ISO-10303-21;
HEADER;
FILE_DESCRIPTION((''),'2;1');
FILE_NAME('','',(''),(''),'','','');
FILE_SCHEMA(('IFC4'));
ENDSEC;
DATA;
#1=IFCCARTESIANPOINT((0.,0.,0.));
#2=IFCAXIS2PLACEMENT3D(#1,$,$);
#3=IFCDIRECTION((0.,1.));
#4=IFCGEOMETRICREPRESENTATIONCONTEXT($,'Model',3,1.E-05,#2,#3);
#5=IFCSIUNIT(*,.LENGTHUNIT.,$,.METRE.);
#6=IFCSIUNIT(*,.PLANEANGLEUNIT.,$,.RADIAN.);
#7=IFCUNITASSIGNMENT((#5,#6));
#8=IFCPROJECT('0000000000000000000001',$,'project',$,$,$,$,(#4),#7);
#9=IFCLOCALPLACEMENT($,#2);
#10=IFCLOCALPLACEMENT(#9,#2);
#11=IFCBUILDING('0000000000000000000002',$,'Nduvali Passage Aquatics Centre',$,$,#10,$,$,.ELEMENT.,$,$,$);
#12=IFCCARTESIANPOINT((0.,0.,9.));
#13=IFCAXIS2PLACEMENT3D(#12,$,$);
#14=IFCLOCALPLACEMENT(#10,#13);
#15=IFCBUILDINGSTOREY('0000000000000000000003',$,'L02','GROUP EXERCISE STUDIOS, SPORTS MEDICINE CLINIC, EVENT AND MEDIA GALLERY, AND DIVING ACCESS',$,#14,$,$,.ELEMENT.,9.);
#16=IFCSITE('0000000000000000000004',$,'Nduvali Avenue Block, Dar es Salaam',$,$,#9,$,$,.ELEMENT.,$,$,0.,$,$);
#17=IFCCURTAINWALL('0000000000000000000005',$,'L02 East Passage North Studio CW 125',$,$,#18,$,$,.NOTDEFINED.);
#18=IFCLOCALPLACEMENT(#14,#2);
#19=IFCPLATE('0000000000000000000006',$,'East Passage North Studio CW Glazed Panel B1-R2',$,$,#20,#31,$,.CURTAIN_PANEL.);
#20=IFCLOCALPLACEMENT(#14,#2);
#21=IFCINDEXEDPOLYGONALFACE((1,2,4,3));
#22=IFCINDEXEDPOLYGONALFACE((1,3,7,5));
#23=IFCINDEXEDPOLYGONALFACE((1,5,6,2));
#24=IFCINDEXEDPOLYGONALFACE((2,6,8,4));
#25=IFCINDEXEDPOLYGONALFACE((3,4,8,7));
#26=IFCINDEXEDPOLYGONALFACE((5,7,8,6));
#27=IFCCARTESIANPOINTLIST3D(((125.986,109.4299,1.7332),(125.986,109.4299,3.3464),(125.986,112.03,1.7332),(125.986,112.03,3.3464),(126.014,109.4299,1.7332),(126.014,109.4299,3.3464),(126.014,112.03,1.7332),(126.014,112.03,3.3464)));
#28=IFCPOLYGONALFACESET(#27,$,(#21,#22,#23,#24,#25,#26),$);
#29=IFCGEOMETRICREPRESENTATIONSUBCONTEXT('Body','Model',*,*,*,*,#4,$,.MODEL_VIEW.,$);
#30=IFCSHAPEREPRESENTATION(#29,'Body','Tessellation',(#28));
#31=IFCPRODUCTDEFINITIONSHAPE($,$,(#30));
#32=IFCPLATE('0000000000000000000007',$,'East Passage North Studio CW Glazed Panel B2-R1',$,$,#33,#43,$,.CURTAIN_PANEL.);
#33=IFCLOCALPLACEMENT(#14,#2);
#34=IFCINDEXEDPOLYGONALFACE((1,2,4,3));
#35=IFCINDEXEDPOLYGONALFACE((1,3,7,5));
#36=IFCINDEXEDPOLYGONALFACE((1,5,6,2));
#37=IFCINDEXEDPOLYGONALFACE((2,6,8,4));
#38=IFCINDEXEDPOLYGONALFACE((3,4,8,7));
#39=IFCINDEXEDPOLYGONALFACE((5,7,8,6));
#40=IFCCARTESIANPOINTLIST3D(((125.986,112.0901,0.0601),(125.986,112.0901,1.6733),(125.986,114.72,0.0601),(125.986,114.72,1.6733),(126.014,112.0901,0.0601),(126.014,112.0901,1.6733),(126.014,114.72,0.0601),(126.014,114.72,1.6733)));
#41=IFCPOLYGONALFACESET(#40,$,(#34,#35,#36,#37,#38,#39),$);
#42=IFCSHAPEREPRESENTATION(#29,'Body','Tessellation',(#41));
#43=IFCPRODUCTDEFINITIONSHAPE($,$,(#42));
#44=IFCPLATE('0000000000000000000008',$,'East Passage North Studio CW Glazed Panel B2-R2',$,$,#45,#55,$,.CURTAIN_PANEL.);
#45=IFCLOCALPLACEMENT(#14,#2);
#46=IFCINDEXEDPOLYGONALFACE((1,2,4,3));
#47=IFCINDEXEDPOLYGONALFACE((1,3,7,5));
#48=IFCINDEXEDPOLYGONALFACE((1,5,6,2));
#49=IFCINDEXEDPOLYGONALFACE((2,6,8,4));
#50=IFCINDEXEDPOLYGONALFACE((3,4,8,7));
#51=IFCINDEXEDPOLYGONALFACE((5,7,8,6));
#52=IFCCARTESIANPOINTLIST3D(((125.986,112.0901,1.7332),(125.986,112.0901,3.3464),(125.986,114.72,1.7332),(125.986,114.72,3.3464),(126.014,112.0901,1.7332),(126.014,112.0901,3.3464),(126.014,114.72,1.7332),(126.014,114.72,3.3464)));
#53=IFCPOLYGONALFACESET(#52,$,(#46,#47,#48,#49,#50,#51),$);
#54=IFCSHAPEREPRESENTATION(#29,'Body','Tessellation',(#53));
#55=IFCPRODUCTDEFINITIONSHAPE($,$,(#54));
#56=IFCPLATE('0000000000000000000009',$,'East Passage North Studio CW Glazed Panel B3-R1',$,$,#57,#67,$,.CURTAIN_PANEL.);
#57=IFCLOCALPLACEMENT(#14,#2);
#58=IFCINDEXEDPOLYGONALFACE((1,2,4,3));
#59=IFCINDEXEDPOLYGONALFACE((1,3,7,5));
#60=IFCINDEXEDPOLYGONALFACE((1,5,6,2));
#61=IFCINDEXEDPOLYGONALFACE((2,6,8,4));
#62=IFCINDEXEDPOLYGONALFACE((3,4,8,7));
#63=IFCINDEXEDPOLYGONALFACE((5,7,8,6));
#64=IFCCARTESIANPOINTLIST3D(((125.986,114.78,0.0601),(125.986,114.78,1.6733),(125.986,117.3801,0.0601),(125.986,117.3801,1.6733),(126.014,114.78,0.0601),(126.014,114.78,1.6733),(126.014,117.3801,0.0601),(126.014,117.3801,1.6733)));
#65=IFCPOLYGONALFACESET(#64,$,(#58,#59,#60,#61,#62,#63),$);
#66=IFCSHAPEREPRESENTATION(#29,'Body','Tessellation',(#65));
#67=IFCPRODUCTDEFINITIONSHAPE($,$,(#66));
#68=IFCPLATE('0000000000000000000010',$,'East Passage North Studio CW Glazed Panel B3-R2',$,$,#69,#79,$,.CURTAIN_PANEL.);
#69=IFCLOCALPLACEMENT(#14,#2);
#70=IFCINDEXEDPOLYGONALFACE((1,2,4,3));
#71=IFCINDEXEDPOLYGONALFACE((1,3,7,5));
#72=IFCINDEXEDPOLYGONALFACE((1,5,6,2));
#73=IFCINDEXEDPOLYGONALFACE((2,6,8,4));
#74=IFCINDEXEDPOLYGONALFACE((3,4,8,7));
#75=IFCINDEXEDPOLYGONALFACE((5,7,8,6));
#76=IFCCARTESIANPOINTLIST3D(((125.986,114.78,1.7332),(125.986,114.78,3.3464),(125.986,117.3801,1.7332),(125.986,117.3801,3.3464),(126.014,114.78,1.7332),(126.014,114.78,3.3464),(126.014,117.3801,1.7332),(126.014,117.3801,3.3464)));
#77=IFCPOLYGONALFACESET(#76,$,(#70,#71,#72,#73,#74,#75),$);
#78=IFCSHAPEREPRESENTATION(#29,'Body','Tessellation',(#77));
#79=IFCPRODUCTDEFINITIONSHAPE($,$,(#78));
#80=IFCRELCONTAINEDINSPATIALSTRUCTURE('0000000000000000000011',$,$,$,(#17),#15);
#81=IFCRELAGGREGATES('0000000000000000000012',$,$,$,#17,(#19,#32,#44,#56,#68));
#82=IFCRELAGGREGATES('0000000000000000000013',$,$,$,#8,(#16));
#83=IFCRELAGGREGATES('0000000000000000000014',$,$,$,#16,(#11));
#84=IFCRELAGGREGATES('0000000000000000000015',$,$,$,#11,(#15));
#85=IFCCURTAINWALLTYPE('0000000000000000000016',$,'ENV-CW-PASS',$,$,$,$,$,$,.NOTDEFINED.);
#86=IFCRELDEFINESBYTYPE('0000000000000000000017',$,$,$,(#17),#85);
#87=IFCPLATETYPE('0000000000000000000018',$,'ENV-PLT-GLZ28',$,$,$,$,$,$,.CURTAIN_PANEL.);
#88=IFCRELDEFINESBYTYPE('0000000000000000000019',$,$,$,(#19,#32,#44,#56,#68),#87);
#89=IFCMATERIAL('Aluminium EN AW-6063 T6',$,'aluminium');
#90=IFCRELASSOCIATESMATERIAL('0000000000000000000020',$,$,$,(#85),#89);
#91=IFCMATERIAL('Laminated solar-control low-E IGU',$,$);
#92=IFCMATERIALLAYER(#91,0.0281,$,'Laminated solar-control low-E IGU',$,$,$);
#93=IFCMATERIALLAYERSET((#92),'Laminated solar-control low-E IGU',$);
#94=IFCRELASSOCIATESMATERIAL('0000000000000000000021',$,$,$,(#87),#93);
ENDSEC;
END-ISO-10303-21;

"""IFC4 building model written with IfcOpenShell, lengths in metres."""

from ifc_helpers import new_model, si_unit, direction, frame, origin, origin_2d, place, context, subcontext, project, spatial, rectangle, extrude, material, layer, layer_set, type_object, element, aggregate, save


model = new_model("IFC4")

# Units and contexts
model_context = context("Model", 3, precision=1e-05, world=origin(), true_north=direction((0.0, 1.0)))
body_context = subcontext(model_context, "Body", "Model", "MODEL_VIEW")
ifc_project = project(units=[si_unit("LENGTHUNIT", "METRE"), si_unit("PLANEANGLEUNIT", "RADIAN")], contexts=[model_context])

# Site, building, storey
site_placement = place(None, origin())
site = spatial("IfcSite", under=ifc_project, at=site_placement, Name="Nduvali Avenue Block, Dar es Salaam", CompositionType="ELEMENT", RefElevation=0.0)
building_placement = place(site_placement, origin())
building = spatial("IfcBuilding", under=site, at=building_placement, Name="Nduvali Passage Aquatics Centre", CompositionType="ELEMENT")
storey_placement = place(building_placement, frame((0.0, 0.0, 9.0)))
storey = spatial("IfcBuildingStorey", under=building, at=storey_placement, Name="L02", Description="GROUP EXERCISE STUDIOS, SPORTS MEDICINE CLINIC, EVENT AND MEDIA GALLERY, AND DIVING ACCESS", CompositionType="ELEMENT", Elevation=9.0)

# Shared definitions
ifc_material_1 = material(Name="Aluminium EN AW-6063 T6", Category="aluminium")
curtain_wall_type = type_object("IfcCurtainWallType", Name="ENV-CW-PASS", PredefinedType="NOTDEFINED", material=ifc_material_1)

# Curtain wall
curtain_wall_1_placement = place(storey_placement, origin())
curtain_wall_1 = element("IfcCurtainWall", 1, at=curtain_wall_1_placement, inside=storey, type_object=curtain_wall_type, Name="L02 East Passage North Studio CW 125", PredefinedType="NOTDEFINED")

# Plates
ifc_material_2 = material(Name="Laminated solar-control low-E IGU")
ifc_layer = layer(ifc_material_2, 0.0281, Name="Laminated solar-control low-E IGU")
ifc_layer_set = layer_set([ifc_layer], Name="Laminated solar-control low-E IGU")
plate_type = type_object("IfcPlateType", Name="ENV-PLT-GLZ28", PredefinedType="CURTAIN_PANEL", material=ifc_layer_set)
plate_1_placement = place(storey_placement, frame((126.0, 110.73, 1.7332), z_axis=(0.0, 0.0, 1.0), x_axis=(0.0, 1.0, 0.0)))
plate_1 = element("IfcPlate", 2, at=plate_1_placement, type_object=plate_type, Name="East Passage North Studio CW Glazed Panel B1-R2", PredefinedType="CURTAIN_PANEL", context=body_context, shape_type="SweptSolid", body=[
    extrude(rectangle(XDim=2.6001, YDim=0.0281, at=origin_2d()), origin(), (0.0, 0.0, 1.0), 1.6133),
])
plate_2_placement = place(storey_placement, frame((126.0, 113.405, 0.0601), z_axis=(0.0, 0.0, 1.0), x_axis=(0.0, 1.0, 0.0)))
plate_2 = element("IfcPlate", 3, at=plate_2_placement, type_object=plate_type, Name="East Passage North Studio CW Glazed Panel B2-R1", PredefinedType="CURTAIN_PANEL", context=body_context, shape_type="SweptSolid", body=[
    extrude(rectangle(XDim=2.6299, YDim=0.0281, at=origin_2d()), origin(), (0.0, 0.0, 1.0), 1.6133),
])
plate_3_placement = place(storey_placement, frame((126.0, 113.405, 1.7332), z_axis=(0.0, 0.0, 1.0), x_axis=(0.0, 1.0, 0.0)))
plate_3 = element("IfcPlate", 4, at=plate_3_placement, type_object=plate_type, Name="East Passage North Studio CW Glazed Panel B2-R2", PredefinedType="CURTAIN_PANEL", context=body_context, shape_type="SweptSolid", body=[
    extrude(rectangle(XDim=2.6299, YDim=0.0281, at=origin_2d()), origin(), (0.0, 0.0, 1.0), 1.6133),
])
plate_4_placement = place(storey_placement, frame((126.0, 116.0801, 0.0601), z_axis=(0.0, 0.0, 1.0), x_axis=(0.0, 1.0, 0.0)))
plate_4 = element("IfcPlate", 5, at=plate_4_placement, type_object=plate_type, Name="East Passage North Studio CW Glazed Panel B3-R1", PredefinedType="CURTAIN_PANEL", context=body_context, shape_type="SweptSolid", body=[
    extrude(rectangle(XDim=2.6001, YDim=0.0281, at=origin_2d()), origin(), (0.0, 0.0, 1.0), 1.6133),
])
plate_5_placement = place(storey_placement, frame((126.0, 116.0801, 1.7332), z_axis=(0.0, 0.0, 1.0), x_axis=(0.0, 1.0, 0.0)))
plate_5 = element("IfcPlate", 6, at=plate_5_placement, type_object=plate_type, Name="East Passage North Studio CW Glazed Panel B3-R2", PredefinedType="CURTAIN_PANEL", context=body_context, shape_type="SweptSolid", body=[
    extrude(rectangle(XDim=2.6001, YDim=0.0281, at=origin_2d()), origin(), (0.0, 0.0, 1.0), 1.6133),
])
aggregate(curtain_wall_1, [plate_1, plate_2, plate_3, plate_4, plate_5])

save(model, "model.ifc")
